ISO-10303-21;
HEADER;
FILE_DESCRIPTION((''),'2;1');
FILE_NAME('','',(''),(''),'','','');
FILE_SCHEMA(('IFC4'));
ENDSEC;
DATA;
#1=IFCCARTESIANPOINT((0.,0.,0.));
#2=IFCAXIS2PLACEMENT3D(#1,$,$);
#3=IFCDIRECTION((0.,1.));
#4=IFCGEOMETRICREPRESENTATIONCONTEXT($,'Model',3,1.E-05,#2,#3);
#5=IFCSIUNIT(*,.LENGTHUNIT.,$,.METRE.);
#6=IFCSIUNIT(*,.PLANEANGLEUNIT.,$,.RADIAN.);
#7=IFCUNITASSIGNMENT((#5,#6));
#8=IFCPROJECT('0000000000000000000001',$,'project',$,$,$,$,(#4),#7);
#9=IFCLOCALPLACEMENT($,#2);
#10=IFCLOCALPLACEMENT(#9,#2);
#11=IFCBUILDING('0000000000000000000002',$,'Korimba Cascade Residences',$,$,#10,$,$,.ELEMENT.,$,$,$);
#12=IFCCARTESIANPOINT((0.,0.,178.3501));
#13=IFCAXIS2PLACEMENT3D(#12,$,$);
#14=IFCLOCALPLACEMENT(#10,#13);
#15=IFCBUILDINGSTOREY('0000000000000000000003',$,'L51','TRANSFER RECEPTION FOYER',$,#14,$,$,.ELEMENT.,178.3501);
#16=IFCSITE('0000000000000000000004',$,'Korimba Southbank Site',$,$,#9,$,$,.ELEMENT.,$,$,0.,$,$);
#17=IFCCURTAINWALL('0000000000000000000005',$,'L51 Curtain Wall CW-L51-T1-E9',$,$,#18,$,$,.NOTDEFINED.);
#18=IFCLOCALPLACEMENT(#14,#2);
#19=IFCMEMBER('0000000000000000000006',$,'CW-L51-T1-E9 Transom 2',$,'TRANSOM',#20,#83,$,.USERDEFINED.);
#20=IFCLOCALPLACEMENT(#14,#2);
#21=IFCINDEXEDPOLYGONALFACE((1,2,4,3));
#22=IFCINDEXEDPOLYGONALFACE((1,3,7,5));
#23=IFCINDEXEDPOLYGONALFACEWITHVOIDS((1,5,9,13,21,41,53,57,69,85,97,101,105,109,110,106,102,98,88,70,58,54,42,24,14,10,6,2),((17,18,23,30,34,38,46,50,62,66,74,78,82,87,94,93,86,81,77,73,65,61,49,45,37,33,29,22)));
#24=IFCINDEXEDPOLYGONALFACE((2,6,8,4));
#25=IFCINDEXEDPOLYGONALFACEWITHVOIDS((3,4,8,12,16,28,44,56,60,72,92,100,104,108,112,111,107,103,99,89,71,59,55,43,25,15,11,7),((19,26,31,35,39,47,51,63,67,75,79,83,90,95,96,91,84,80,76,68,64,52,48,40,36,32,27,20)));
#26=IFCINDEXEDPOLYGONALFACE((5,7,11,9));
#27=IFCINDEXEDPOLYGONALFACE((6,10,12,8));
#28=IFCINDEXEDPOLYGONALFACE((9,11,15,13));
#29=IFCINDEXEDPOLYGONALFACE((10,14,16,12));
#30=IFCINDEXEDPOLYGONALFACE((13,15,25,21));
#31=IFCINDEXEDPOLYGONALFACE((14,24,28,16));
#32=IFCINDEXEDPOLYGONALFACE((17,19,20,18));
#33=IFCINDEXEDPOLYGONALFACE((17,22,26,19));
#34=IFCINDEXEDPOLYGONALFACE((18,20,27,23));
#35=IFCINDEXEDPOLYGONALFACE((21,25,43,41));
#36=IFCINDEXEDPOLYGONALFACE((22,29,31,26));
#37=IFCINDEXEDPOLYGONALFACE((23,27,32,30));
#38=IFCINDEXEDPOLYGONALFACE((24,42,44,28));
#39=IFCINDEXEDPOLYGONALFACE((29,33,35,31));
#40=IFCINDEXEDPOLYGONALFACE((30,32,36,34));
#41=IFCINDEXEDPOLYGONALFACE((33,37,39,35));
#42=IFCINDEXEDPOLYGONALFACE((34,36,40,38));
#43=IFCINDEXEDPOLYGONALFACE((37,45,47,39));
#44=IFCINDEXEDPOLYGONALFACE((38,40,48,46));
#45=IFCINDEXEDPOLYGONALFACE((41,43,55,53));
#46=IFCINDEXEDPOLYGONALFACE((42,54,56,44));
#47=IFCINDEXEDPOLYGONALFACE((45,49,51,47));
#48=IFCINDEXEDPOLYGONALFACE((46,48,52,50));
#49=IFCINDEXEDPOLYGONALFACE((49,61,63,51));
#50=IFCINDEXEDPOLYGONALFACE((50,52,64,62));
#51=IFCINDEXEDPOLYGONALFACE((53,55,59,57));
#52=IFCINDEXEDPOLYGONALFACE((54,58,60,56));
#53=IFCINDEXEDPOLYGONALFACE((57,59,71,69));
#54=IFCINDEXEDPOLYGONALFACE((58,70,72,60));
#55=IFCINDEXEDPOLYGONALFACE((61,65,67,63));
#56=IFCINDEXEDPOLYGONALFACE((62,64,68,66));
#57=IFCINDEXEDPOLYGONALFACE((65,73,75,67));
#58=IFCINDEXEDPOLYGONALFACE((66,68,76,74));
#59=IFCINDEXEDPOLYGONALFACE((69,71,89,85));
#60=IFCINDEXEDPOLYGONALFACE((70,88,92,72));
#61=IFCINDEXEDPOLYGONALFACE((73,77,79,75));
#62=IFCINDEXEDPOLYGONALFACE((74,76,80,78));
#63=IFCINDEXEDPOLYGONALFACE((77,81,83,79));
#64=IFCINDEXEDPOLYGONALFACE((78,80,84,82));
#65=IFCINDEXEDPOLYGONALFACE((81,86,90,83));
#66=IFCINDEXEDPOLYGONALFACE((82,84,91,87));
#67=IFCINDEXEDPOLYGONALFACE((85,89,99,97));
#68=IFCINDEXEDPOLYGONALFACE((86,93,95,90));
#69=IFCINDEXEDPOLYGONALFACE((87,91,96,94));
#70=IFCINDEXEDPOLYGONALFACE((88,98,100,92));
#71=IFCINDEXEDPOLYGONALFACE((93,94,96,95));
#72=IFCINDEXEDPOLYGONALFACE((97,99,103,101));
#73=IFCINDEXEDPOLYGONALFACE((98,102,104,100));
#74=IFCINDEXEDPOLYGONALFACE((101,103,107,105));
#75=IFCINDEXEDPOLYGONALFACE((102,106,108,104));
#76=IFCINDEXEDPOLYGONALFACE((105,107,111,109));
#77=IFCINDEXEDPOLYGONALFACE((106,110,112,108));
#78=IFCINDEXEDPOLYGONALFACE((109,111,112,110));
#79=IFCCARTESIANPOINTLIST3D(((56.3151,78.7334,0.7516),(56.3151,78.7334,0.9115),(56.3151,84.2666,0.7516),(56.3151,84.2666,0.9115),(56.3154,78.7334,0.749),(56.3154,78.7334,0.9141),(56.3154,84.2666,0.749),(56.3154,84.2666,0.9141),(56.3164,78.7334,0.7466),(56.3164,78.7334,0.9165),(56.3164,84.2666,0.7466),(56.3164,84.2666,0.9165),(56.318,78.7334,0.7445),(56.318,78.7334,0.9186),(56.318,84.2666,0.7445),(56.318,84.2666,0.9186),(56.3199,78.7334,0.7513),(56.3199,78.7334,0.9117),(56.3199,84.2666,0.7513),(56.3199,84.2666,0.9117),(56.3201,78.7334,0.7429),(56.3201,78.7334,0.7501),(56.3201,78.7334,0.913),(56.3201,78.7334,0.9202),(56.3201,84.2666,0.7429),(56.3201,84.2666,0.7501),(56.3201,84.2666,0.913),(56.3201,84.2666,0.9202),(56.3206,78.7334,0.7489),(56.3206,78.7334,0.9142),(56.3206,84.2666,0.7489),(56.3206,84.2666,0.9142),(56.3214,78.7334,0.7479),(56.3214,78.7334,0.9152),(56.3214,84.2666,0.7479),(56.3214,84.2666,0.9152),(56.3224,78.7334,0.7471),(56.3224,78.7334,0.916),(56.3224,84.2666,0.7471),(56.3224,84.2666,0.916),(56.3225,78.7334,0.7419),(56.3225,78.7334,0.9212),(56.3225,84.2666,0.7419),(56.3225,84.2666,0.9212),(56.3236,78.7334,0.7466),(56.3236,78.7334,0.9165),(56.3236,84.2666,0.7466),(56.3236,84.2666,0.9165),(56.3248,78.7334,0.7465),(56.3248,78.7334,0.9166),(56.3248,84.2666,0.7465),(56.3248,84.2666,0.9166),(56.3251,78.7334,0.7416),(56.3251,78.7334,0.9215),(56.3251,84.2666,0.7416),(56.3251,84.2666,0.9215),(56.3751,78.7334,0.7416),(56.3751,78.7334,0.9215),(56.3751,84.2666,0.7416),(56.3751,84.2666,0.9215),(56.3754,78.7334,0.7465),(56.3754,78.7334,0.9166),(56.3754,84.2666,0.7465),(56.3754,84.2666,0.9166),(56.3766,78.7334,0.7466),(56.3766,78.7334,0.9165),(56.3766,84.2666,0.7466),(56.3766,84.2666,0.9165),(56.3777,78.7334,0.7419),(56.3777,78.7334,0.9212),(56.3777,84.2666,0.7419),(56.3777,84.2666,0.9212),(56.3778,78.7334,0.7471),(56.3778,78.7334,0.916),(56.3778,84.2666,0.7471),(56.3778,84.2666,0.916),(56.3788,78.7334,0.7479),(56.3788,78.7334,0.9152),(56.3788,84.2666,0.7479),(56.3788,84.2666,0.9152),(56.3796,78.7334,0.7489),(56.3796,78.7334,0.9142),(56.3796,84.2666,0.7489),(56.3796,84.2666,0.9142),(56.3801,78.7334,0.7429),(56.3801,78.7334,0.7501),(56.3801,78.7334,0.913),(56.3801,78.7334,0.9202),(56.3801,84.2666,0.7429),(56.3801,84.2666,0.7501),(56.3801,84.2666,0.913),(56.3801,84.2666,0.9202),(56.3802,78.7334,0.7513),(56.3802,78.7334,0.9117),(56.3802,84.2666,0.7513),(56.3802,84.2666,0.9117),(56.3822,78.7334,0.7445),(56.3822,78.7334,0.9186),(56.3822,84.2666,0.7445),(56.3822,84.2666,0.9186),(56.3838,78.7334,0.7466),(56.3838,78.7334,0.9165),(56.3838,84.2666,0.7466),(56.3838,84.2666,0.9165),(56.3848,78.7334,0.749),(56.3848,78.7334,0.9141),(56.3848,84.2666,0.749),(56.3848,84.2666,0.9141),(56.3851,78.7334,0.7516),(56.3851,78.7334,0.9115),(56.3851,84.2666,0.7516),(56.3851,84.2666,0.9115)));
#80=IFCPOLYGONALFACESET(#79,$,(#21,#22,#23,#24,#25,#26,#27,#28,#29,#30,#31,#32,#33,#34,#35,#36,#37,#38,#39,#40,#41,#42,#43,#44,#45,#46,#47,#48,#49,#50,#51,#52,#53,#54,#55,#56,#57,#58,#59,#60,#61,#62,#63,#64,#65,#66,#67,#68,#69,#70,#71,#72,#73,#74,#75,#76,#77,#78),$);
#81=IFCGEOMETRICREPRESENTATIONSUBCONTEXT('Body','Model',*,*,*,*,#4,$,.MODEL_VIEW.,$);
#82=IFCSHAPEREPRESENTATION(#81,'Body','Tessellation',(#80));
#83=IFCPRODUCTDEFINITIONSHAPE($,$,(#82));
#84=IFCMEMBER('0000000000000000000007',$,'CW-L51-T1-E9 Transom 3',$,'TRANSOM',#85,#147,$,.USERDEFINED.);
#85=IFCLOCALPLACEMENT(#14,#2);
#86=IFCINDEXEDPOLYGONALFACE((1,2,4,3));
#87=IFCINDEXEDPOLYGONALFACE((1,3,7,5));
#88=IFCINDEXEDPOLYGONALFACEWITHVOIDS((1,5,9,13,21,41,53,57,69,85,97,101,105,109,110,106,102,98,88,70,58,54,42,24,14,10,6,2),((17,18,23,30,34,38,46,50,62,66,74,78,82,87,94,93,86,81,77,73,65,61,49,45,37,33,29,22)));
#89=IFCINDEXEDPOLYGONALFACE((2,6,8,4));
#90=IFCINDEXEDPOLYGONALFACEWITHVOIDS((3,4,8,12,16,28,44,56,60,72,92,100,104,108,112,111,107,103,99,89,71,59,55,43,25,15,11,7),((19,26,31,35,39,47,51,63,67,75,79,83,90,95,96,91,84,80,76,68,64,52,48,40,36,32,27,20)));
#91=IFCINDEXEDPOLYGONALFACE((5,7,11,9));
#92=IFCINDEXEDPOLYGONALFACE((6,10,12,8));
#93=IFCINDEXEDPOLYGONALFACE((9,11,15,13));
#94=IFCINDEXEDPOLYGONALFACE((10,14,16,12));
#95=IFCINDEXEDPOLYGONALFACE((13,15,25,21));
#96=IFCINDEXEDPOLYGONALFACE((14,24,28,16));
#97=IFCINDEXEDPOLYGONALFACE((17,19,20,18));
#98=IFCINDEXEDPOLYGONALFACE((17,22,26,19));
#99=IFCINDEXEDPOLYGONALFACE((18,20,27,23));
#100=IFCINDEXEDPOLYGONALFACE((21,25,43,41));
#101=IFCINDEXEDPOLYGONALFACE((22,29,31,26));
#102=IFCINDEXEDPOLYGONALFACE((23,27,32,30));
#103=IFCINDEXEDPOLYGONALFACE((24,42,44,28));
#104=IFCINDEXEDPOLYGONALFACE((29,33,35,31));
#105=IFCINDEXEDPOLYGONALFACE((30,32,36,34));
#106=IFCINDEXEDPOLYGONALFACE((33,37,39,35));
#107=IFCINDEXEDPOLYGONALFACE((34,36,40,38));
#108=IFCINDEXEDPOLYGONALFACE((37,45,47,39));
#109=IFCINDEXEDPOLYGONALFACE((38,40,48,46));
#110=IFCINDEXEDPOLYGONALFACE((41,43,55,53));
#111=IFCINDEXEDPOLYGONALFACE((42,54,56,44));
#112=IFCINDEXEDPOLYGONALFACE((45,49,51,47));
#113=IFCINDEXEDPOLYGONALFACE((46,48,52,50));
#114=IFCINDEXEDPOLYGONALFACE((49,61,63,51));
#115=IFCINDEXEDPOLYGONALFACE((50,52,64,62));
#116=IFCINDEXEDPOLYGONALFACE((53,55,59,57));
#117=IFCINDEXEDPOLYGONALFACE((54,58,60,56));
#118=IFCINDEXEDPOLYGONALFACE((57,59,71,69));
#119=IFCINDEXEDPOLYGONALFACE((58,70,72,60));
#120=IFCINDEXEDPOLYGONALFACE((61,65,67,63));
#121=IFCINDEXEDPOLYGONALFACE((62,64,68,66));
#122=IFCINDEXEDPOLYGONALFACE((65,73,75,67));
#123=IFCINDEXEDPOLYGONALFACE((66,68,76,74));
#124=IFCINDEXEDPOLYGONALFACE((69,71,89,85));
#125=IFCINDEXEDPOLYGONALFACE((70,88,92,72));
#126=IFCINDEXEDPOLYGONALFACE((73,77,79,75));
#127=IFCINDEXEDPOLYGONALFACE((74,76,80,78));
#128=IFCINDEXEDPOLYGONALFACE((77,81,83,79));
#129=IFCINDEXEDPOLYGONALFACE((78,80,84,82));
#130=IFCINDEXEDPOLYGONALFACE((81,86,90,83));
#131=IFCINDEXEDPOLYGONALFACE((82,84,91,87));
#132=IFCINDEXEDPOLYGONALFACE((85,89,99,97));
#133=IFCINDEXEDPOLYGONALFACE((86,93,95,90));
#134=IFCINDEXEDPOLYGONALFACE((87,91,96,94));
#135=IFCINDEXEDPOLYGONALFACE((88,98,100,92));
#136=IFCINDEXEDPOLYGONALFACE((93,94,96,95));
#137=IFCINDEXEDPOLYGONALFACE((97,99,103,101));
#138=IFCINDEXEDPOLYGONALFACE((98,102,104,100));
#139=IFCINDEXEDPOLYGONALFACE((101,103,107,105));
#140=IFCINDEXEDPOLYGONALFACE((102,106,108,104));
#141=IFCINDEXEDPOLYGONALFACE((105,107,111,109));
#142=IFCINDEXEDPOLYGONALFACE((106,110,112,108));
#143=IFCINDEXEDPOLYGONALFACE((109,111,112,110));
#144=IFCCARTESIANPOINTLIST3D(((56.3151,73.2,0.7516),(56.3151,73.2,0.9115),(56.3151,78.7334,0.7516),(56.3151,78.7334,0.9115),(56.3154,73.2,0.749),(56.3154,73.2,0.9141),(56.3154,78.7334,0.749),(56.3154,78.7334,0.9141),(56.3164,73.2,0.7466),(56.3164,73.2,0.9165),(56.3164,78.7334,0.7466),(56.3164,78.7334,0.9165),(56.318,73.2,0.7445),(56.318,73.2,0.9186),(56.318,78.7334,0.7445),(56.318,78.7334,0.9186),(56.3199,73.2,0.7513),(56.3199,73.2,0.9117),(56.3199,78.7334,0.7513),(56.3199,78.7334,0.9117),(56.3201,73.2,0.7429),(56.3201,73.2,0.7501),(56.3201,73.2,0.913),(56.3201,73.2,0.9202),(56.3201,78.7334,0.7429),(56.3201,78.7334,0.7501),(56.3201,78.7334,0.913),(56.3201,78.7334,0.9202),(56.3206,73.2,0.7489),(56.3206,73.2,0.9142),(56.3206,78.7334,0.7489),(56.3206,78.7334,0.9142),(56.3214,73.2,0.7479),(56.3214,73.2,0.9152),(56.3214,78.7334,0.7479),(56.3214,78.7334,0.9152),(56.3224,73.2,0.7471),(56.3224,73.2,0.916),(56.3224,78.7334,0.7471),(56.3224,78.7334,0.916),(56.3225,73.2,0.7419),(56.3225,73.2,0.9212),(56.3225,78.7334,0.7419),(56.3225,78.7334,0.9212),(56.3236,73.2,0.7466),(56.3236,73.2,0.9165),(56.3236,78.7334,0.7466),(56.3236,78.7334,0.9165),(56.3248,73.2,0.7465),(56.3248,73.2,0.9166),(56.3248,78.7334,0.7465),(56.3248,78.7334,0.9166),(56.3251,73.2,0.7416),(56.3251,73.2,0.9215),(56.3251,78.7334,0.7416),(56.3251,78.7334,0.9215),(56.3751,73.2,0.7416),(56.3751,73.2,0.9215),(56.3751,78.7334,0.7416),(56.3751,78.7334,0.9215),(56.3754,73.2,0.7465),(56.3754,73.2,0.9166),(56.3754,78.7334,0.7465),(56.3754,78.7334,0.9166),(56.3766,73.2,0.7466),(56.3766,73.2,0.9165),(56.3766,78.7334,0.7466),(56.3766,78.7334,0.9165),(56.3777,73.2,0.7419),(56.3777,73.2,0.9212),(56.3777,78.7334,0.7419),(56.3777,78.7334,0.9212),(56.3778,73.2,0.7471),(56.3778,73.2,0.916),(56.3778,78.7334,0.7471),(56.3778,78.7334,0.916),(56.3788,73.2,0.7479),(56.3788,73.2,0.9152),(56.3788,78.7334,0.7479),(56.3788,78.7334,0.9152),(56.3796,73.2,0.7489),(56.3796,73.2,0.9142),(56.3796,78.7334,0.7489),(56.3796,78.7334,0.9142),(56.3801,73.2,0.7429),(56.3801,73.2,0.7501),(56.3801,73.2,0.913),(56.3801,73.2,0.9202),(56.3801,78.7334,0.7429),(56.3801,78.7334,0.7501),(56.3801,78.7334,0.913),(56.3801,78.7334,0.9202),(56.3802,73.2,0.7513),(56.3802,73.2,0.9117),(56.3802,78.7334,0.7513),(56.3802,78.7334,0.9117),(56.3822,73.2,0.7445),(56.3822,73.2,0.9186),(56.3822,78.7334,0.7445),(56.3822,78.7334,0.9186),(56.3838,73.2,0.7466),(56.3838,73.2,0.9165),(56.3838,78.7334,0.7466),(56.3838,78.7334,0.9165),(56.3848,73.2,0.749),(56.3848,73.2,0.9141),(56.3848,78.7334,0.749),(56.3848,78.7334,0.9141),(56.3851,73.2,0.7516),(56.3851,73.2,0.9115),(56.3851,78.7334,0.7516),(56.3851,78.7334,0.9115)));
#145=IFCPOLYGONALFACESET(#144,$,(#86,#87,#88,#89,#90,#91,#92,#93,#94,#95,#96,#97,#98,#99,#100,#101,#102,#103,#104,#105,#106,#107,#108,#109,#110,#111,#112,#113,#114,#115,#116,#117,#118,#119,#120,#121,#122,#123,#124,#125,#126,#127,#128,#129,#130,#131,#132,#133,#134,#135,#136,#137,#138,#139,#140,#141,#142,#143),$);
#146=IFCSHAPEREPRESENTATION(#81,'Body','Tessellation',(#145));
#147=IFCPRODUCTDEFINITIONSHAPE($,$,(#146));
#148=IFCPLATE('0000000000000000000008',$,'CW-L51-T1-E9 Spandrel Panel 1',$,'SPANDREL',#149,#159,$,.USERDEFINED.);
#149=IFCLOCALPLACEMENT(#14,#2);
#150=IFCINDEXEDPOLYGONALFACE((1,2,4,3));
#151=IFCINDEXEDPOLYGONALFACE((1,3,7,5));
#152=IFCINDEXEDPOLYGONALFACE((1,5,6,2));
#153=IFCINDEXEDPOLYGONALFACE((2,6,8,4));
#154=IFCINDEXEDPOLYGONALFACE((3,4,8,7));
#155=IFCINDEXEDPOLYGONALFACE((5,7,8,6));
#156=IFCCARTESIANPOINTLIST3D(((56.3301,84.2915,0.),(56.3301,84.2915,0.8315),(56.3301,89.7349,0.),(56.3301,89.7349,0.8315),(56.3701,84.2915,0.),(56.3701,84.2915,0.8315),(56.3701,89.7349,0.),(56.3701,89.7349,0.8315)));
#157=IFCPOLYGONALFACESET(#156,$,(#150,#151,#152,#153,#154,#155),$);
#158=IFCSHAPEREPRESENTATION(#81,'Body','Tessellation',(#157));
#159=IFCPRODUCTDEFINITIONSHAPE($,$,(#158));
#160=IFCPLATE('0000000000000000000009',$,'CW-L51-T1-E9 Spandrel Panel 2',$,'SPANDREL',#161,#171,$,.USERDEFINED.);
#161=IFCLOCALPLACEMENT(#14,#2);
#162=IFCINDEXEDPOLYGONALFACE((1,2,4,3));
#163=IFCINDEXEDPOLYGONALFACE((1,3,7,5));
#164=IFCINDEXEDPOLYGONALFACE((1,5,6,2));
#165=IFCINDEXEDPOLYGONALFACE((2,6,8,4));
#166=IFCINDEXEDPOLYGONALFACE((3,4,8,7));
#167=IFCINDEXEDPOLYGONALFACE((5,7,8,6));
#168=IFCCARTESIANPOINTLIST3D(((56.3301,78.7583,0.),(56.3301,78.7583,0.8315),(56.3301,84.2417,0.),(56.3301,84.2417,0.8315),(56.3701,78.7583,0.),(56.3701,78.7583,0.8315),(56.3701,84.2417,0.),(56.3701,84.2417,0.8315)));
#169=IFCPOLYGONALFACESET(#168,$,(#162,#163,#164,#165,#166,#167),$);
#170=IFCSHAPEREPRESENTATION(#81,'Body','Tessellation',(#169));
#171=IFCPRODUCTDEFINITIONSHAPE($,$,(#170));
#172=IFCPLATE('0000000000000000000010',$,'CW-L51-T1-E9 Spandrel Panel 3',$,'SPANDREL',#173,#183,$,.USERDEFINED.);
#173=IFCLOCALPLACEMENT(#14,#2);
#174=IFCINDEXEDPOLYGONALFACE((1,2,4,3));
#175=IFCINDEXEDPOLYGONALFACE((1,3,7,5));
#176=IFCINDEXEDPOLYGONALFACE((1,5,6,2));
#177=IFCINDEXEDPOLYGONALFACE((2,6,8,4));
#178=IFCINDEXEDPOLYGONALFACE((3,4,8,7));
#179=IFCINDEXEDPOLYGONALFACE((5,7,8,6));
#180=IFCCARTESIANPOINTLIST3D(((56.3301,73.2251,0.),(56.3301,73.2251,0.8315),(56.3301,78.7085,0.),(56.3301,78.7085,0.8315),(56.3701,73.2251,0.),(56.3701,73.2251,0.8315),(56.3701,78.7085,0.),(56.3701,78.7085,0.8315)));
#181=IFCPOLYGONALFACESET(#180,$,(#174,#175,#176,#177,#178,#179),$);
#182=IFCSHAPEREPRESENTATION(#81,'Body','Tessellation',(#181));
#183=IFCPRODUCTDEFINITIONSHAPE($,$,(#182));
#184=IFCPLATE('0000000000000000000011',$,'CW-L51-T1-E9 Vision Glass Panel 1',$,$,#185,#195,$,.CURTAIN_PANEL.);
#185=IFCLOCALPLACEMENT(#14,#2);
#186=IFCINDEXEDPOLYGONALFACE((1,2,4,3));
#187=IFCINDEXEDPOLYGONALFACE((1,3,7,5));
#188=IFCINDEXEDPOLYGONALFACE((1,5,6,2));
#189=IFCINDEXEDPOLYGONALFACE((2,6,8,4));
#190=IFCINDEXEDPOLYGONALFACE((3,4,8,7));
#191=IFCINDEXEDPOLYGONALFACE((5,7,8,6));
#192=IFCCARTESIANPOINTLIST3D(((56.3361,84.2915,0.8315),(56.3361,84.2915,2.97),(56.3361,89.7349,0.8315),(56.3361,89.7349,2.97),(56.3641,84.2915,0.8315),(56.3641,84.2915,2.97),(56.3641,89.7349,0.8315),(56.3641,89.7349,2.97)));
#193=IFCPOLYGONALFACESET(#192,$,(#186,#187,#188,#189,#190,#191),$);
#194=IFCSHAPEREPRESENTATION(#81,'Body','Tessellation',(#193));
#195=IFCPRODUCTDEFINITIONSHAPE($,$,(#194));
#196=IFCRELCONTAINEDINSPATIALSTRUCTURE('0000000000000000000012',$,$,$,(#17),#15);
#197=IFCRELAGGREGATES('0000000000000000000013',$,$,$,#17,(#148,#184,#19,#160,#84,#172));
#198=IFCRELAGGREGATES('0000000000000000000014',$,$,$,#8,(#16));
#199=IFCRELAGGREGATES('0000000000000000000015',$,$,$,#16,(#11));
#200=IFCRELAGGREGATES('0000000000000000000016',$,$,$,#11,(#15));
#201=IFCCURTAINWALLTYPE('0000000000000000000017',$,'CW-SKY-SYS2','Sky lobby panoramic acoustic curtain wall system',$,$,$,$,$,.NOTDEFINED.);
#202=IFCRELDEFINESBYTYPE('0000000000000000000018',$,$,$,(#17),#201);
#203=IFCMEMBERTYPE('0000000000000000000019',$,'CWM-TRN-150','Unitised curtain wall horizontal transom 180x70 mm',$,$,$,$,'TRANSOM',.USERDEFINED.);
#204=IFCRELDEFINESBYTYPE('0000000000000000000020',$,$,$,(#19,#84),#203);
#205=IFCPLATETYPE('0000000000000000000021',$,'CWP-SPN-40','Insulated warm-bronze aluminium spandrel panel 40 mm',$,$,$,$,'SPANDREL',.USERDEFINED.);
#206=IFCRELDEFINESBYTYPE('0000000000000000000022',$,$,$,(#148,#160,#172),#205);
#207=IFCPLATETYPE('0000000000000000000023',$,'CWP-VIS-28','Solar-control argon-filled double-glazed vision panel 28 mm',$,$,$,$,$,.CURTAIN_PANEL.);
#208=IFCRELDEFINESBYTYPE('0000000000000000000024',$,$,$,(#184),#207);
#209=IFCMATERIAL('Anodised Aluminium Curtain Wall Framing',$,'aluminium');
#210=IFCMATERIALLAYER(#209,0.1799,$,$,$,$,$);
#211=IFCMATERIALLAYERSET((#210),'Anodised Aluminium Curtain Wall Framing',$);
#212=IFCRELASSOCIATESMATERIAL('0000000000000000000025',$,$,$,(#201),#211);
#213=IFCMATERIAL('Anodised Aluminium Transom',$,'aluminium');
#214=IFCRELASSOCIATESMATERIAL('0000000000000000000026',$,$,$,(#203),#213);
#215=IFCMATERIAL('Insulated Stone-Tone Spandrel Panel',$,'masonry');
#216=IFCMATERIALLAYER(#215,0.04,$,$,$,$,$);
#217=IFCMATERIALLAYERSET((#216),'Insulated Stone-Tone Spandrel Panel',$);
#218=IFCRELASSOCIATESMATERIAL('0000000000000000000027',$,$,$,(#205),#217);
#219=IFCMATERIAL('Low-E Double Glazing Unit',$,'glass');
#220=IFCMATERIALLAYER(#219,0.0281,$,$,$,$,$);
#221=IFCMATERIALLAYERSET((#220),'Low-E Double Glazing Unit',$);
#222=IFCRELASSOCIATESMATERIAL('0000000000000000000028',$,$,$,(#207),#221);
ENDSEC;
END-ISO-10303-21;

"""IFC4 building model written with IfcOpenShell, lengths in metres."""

from ifc_helpers import new_model, si_unit, direction, frame, origin, origin_2d, place, context, subcontext, project, spatial, rectangle, hollow_rectangle, extrude, material, layer, layer_set, material_profile, profile_set, type_object, element, aggregate, save


model = new_model("IFC4")

# Units and contexts
model_context = context("Model", 3, precision=1e-05, world=origin(), true_north=direction((0.0, 1.0)))
body_context = subcontext(model_context, "Body", "Model", "MODEL_VIEW")
ifc_project = project(units=[si_unit("LENGTHUNIT", "METRE"), si_unit("PLANEANGLEUNIT", "RADIAN")], contexts=[model_context])

# Site, building, storey
site_placement = place(None, origin())
site = spatial("IfcSite", under=ifc_project, at=site_placement, Name="Korimba Southbank Site", CompositionType="ELEMENT", RefElevation=0.0)
building_placement = place(site_placement, origin())
building = spatial("IfcBuilding", under=site, at=building_placement, Name="Korimba Cascade Residences", CompositionType="ELEMENT")
storey_placement = place(building_placement, frame((0.0, 0.0, 178.3501)))
storey = spatial("IfcBuildingStorey", under=building, at=storey_placement, Name="L51", Description="TRANSFER RECEPTION FOYER", CompositionType="ELEMENT", Elevation=178.3501)

# Curtain wall, members, plates
ifc_material_1 = material(Name="Anodised Aluminium Curtain Wall Framing", Category="aluminium")
ifc_layer_1 = layer(ifc_material_1, 0.1799)
ifc_layer_set_1 = layer_set([ifc_layer_1], Name="Anodised Aluminium Curtain Wall Framing")
curtain_wall_type = type_object("IfcCurtainWallType", Name="CW-SKY-SYS2", Description="Sky lobby panoramic acoustic curtain wall system", PredefinedType="NOTDEFINED", material=ifc_layer_set_1)
curtain_wall_placement = place(storey_placement, origin())
curtain_wall = element("IfcCurtainWall", 1, at=curtain_wall_placement, inside=storey, type_object=curtain_wall_type, Name="L51 Curtain Wall CW-L51-T1-E9", PredefinedType="NOTDEFINED")
ifc_material_2 = material(Name="Anodised Aluminium Transom", Category="aluminium")
ifc_material_profile_1 = material_profile(ifc_material_2, hollow_rectangle(XDim=0.0701, YDim=0.1799, WallThickness=0.0049, InnerFilletRadius=0.0049, OuterFilletRadius=0.01, at=origin_2d()), Name="Anodised Aluminium Transom")
ifc_profile_set_1 = profile_set([ifc_material_profile_1], Name="Anodised Aluminium Transom")
member_type_1 = type_object("IfcMemberType", Name="CWM-TRN-150", Description="Unitised curtain wall horizontal transom 180x70 mm", ElementType="TRANSOM", PredefinedType="USERDEFINED", material=ifc_profile_set_1)
member_1_placement = place(storey_placement, frame((56.3501, 84.2666, 0.8315), z_axis=(0.0, -1.0, 0.0), x_axis=(1.0, 0.0, 0.0)))
member_1 = element("IfcMember", 2, at=member_1_placement, type_object=member_type_1, Name="CW-L51-T1-E9 Transom 2", ObjectType="TRANSOM", PredefinedType="USERDEFINED", context=body_context, shape_type="SweptSolid", body=[
    extrude(hollow_rectangle(XDim=0.0701, YDim=0.1799, WallThickness=0.0049, InnerFilletRadius=0.0049, OuterFilletRadius=0.01, at=origin_2d()), origin(), (0.0, 0.0, 1.0), 5.5332),
])
member_2_placement = place(storey_placement, frame((56.3501, 78.7334, 0.8315), z_axis=(0.0, -1.0, 0.0), x_axis=(1.0, 0.0, 0.0)))
member_2 = element("IfcMember", 3, at=member_2_placement, type_object=member_type_1, Name="CW-L51-T1-E9 Transom 3", ObjectType="TRANSOM", PredefinedType="USERDEFINED", context=body_context, shape_type="SweptSolid", body=[
    extrude(hollow_rectangle(XDim=0.0701, YDim=0.1799, WallThickness=0.0049, InnerFilletRadius=0.0049, OuterFilletRadius=0.01, at=origin_2d()), origin(), (0.0, 0.0, 1.0), 5.5334),
])
ifc_material_3 = material(Name="Insulated Stone-Tone Spandrel Panel", Category="masonry")
ifc_layer_2 = layer(ifc_material_3, 0.04)
ifc_layer_set_2 = layer_set([ifc_layer_2], Name="Insulated Stone-Tone Spandrel Panel")
plate_type_1 = type_object("IfcPlateType", Name="CWP-SPN-40", Description="Insulated warm-bronze aluminium spandrel panel 40 mm", ElementType="SPANDREL", PredefinedType="USERDEFINED", material=ifc_layer_set_2)
plate_1_placement = place(storey_placement, frame((56.3501, 87.0132, 0.0), z_axis=(0.0, 0.0, 1.0), x_axis=(0.0, -1.0, 0.0)))
plate_1 = element("IfcPlate", 4, at=plate_1_placement, type_object=plate_type_1, Name="CW-L51-T1-E9 Spandrel Panel 1", ObjectType="SPANDREL", PredefinedType="USERDEFINED", context=body_context, shape_type="SweptSolid", body=[
    extrude(rectangle(XDim=5.4434, YDim=0.04, at=origin_2d()), origin(), (0.0, 0.0, 1.0), 0.8315),
])
plate_2_placement = place(storey_placement, frame((56.3501, 81.5, 0.0), z_axis=(0.0, 0.0, 1.0), x_axis=(0.0, -1.0, 0.0)))
plate_2 = element("IfcPlate", 5, at=plate_2_placement, type_object=plate_type_1, Name="CW-L51-T1-E9 Spandrel Panel 2", ObjectType="SPANDREL", PredefinedType="USERDEFINED", context=body_context, shape_type="SweptSolid", body=[
    extrude(rectangle(XDim=5.4834, YDim=0.04, at=origin_2d()), origin(), (0.0, 0.0, 1.0), 0.8315),
])
plate_3_placement = place(storey_placement, frame((56.3501, 75.9668, 0.0), z_axis=(0.0, 0.0, 1.0), x_axis=(0.0, -1.0, 0.0)))
plate_3 = element("IfcPlate", 6, at=plate_3_placement, type_object=plate_type_1, Name="CW-L51-T1-E9 Spandrel Panel 3", ObjectType="SPANDREL", PredefinedType="USERDEFINED", context=body_context, shape_type="SweptSolid", body=[
    extrude(rectangle(XDim=5.4834, YDim=0.04, at=origin_2d()), origin(), (0.0, 0.0, 1.0), 0.8315),
])
ifc_material_4 = material(Name="Low-E Double Glazing Unit", Category="glass")
ifc_layer_3 = layer(ifc_material_4, 0.0281)
ifc_layer_set_3 = layer_set([ifc_layer_3], Name="Low-E Double Glazing Unit")
plate_type_2 = type_object("IfcPlateType", Name="CWP-VIS-28", Description="Solar-control argon-filled double-glazed vision panel 28 mm", PredefinedType="CURTAIN_PANEL", material=ifc_layer_set_3)
plate_4_placement = place(storey_placement, frame((56.3501, 87.0132, 0.8315), z_axis=(0.0, 0.0, 1.0), x_axis=(0.0, -1.0, 0.0)))
plate_4 = element("IfcPlate", 7, at=plate_4_placement, type_object=plate_type_2, Name="CW-L51-T1-E9 Vision Glass Panel 1", PredefinedType="CURTAIN_PANEL", context=body_context, shape_type="SweptSolid", body=[
    extrude(rectangle(XDim=5.4434, YDim=0.0281, at=origin_2d()), origin(), (0.0, 0.0, 1.0), 2.1384),
])
aggregate(curtain_wall, [plate_1, plate_4, member_1, plate_2, member_2, plate_3])

save(model, "model.ifc")
